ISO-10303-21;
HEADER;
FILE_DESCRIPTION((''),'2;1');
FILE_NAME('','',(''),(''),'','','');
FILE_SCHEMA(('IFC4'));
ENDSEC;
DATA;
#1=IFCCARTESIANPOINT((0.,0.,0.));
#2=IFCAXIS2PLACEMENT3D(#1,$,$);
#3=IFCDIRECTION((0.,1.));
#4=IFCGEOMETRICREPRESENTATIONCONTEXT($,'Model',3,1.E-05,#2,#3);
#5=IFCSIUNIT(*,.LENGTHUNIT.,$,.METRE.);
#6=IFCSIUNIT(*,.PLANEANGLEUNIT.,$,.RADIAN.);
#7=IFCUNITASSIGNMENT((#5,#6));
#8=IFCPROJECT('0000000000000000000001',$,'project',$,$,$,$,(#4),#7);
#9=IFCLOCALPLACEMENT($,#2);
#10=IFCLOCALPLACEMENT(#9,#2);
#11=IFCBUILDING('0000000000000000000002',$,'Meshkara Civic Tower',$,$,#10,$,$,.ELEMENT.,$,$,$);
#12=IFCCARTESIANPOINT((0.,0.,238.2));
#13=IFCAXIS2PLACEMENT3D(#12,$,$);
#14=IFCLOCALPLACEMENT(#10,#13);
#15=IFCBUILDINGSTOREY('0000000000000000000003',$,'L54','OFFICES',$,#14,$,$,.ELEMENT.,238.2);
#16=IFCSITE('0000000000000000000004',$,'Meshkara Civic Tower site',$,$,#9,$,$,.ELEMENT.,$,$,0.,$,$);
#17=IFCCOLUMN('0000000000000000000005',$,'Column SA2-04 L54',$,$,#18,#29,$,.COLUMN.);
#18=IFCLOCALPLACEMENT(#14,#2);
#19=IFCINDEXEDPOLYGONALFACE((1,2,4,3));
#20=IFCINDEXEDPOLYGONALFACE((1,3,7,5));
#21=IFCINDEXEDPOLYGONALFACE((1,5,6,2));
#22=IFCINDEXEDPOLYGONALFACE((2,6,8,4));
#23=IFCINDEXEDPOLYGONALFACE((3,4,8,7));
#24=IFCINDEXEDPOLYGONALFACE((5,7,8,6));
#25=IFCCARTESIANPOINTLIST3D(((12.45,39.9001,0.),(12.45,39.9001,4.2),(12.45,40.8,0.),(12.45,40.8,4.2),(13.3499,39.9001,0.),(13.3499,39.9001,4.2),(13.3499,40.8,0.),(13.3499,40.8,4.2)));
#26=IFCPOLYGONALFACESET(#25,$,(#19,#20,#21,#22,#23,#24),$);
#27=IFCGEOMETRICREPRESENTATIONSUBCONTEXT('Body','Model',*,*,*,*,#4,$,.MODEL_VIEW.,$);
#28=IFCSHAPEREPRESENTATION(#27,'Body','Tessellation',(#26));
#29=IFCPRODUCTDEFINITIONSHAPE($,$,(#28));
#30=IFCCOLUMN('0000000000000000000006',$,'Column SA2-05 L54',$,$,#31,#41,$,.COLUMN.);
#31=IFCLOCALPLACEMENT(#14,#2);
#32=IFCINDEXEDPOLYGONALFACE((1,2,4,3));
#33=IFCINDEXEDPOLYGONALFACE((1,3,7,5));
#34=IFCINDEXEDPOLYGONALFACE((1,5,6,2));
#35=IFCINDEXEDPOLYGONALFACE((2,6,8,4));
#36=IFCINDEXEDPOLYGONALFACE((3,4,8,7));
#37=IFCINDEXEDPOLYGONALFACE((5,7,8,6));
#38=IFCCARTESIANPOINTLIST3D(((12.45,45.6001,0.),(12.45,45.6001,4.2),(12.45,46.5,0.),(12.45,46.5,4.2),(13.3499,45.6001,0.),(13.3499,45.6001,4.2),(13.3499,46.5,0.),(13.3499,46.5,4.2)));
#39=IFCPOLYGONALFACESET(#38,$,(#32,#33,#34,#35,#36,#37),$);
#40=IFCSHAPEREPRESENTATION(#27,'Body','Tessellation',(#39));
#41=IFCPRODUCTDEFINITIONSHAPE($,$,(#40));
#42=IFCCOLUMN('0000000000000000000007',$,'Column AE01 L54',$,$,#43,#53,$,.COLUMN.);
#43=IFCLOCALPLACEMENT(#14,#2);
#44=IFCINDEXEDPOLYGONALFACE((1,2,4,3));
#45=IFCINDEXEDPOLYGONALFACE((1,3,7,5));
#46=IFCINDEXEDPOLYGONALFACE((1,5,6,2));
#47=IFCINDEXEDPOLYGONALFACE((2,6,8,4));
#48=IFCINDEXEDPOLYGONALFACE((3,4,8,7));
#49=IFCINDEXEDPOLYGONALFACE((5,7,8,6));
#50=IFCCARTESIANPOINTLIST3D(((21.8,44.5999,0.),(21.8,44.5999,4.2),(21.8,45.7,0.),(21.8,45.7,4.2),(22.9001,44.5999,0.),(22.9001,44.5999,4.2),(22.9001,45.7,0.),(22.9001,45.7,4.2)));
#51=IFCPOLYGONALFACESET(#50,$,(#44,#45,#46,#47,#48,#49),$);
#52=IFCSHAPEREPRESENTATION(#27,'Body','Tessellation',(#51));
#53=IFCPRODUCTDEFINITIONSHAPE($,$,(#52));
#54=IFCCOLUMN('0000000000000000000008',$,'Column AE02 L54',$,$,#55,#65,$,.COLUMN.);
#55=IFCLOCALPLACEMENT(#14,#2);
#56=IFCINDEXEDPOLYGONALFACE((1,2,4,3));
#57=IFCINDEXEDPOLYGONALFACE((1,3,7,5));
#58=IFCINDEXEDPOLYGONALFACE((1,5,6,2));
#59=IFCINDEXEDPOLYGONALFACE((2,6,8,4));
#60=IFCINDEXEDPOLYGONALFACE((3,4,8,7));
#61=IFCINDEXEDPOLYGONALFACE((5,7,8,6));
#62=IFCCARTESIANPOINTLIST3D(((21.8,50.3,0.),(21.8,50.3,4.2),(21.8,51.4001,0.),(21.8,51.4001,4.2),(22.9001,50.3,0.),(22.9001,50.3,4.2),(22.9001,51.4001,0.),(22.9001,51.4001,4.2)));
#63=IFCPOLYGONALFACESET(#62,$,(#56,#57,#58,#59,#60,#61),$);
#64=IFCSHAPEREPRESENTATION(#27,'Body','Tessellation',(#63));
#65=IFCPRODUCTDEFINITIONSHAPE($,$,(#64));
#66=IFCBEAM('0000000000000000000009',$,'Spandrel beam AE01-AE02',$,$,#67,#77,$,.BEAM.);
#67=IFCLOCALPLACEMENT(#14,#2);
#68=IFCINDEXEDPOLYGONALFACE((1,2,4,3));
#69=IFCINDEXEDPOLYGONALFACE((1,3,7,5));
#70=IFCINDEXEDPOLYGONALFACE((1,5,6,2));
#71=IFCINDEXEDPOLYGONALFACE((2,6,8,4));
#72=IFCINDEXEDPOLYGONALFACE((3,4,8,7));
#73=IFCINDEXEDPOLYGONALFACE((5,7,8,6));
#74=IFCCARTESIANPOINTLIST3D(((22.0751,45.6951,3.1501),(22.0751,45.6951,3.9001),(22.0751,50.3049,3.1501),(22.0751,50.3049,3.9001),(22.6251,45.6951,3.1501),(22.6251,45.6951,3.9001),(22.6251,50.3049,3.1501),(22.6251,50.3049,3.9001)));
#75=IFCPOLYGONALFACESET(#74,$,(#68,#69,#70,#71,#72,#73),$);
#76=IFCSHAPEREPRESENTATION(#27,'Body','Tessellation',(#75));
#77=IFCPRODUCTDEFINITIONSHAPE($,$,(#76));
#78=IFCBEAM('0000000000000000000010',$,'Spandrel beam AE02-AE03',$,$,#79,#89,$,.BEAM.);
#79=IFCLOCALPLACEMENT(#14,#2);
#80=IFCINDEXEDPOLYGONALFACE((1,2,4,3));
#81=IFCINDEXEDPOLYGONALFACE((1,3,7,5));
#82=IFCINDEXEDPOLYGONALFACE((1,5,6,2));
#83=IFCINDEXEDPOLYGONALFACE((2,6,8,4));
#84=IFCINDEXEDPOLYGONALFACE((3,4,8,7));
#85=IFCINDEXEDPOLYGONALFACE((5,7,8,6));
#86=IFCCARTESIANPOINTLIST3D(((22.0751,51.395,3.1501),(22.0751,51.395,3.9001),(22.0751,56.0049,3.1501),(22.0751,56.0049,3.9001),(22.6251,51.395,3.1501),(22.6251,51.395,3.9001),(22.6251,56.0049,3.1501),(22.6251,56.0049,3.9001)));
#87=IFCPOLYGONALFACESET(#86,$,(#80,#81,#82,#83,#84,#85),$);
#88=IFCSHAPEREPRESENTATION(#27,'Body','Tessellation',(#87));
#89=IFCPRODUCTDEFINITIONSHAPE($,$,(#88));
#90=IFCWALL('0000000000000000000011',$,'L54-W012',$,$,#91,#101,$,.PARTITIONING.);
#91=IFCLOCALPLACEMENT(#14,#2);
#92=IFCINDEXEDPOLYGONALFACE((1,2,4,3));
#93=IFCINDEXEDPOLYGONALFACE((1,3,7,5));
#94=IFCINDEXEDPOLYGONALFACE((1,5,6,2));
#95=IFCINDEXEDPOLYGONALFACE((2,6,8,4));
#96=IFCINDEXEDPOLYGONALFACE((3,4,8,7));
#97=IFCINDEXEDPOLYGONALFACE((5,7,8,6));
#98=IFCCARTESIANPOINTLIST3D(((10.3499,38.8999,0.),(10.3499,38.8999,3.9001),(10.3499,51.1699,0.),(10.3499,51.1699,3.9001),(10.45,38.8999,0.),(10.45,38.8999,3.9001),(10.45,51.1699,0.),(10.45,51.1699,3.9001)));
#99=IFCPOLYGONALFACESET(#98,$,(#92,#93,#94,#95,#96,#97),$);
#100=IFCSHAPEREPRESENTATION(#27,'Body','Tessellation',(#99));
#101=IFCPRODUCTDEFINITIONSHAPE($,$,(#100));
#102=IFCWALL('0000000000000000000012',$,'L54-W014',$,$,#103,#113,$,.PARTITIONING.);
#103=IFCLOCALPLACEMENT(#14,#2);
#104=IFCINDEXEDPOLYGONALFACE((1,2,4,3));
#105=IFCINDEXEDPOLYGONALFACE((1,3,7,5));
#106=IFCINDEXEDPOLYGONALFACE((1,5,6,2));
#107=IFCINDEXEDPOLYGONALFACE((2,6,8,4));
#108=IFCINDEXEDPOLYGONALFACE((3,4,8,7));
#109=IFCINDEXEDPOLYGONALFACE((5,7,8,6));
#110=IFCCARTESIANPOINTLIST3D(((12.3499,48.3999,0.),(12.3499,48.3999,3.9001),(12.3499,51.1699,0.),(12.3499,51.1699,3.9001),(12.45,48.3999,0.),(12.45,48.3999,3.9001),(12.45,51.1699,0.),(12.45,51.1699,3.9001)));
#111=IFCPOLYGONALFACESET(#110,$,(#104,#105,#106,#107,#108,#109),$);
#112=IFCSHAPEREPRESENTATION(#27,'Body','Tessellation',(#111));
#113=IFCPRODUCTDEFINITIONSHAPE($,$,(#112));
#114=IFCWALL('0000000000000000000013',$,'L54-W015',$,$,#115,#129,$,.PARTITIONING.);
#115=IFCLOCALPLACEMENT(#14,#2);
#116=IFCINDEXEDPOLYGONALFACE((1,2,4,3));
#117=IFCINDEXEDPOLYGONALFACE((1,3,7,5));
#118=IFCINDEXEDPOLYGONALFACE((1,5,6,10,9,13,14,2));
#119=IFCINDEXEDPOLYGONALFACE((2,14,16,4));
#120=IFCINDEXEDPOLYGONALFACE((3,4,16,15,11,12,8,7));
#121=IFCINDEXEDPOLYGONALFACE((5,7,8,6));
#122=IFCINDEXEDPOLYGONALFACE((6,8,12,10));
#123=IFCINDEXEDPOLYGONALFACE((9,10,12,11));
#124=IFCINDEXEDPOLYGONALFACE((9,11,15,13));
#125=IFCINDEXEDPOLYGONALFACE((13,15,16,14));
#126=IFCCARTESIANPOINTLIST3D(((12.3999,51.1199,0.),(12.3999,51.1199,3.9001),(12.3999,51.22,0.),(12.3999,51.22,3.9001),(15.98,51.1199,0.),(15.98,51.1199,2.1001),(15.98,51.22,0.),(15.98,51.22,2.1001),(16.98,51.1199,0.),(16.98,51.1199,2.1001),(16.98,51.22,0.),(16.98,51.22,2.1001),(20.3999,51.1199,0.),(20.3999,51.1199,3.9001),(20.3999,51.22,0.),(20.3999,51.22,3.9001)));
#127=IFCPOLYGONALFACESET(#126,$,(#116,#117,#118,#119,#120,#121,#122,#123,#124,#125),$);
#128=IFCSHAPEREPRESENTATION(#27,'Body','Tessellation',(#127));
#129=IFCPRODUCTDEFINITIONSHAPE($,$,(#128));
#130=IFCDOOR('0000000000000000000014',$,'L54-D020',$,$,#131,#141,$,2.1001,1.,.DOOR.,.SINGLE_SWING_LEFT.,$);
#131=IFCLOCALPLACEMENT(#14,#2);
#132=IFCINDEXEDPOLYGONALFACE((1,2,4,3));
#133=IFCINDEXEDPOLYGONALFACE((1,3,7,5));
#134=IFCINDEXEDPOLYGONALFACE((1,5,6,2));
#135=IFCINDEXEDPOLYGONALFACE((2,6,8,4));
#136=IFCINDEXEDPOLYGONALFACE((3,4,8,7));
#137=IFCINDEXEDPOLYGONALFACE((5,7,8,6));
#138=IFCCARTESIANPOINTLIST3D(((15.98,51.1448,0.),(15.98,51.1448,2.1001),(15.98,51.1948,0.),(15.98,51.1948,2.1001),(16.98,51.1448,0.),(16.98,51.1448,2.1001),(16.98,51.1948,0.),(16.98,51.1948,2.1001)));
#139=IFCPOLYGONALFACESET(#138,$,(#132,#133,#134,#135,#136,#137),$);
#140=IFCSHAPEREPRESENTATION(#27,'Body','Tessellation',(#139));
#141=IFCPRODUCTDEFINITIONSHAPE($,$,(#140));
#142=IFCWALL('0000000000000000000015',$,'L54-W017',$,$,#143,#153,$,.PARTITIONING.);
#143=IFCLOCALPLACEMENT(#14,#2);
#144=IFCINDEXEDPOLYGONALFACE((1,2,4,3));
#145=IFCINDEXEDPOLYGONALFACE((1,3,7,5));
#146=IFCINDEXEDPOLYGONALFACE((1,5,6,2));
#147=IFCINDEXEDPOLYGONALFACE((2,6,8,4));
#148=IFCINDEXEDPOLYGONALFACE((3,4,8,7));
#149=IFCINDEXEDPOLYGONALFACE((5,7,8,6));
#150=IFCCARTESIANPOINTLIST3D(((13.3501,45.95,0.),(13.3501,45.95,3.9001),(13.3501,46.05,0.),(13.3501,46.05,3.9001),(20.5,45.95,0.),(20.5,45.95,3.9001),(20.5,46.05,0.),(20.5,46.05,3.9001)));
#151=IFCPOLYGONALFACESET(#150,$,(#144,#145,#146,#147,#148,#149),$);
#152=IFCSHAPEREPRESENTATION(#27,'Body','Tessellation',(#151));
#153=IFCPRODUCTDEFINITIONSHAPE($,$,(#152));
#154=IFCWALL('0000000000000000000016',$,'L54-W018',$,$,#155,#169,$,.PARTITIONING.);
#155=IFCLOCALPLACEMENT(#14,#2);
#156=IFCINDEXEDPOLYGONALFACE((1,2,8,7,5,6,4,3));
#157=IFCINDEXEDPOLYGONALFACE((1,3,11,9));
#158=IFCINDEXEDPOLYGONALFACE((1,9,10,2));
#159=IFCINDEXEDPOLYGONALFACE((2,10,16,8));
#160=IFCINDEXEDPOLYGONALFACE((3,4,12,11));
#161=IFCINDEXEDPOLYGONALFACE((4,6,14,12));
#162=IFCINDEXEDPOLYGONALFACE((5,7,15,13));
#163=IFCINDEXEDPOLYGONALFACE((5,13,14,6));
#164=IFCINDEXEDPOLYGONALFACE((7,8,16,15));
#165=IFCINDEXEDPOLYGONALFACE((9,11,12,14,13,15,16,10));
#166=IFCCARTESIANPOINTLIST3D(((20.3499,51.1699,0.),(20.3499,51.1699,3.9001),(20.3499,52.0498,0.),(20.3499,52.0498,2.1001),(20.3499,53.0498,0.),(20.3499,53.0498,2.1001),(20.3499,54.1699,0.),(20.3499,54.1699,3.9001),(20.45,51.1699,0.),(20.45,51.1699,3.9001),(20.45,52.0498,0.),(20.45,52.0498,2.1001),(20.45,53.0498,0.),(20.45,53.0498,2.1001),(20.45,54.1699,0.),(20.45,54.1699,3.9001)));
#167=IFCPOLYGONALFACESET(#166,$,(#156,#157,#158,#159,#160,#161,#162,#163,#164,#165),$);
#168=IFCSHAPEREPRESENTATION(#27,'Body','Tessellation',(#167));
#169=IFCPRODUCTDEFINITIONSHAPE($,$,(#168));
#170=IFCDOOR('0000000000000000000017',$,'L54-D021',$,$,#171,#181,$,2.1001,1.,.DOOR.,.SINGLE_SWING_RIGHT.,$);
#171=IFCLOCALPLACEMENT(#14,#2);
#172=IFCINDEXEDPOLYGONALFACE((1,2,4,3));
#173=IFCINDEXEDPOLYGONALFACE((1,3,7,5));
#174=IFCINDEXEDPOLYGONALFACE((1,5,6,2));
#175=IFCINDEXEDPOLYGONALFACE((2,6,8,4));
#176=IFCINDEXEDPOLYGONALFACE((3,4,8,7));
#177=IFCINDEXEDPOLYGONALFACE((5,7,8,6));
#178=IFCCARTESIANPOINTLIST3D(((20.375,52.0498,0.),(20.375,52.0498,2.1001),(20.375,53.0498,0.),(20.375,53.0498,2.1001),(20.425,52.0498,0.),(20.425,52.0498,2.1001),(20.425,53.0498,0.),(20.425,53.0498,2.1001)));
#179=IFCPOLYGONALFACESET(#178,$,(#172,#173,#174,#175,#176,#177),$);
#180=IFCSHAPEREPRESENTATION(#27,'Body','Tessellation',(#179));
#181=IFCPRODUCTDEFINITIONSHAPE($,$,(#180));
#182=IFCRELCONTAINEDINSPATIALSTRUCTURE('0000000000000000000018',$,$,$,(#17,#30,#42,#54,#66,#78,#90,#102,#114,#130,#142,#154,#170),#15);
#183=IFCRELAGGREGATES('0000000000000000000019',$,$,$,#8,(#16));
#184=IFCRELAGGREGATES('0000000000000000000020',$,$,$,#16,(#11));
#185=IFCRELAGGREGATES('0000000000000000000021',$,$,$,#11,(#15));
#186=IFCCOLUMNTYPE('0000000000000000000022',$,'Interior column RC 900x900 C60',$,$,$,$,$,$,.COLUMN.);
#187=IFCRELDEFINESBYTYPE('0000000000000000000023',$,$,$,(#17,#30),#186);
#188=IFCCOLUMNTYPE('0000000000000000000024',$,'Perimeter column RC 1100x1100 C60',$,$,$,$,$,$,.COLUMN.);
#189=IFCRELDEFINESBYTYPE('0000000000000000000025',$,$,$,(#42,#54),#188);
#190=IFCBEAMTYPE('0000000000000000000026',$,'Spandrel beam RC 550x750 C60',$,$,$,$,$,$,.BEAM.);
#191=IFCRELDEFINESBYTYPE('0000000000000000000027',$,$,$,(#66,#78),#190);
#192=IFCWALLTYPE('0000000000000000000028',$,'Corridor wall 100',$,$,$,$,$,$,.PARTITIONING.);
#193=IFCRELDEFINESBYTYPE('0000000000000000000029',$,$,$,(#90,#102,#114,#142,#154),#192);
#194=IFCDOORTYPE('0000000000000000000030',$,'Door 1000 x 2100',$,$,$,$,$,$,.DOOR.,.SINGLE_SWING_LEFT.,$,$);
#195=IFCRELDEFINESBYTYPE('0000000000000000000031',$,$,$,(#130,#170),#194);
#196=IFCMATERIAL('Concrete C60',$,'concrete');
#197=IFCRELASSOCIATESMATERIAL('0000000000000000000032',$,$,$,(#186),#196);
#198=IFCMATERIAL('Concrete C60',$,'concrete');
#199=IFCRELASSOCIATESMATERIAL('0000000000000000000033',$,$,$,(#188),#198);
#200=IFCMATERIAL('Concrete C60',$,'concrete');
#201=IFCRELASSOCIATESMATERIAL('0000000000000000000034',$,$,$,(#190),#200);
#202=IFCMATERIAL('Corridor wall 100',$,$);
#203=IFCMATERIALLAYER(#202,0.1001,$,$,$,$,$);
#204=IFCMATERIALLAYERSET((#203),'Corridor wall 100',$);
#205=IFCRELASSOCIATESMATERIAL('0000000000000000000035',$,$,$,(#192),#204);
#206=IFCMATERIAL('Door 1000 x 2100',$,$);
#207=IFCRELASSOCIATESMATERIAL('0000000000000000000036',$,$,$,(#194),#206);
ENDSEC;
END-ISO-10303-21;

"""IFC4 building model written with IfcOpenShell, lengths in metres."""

from ifc_helpers import new_model, si_unit, direction, frame, frame_2d, origin, origin_2d, place, context, subcontext, project, spatial, rectangle, extrude, material, layer, layer_set, material_profile, profile_set, type_object, element, fill, save


model = new_model("IFC4")

# Units and contexts
model_context = context("Model", 3, precision=1e-05, world=origin(), true_north=direction((0.0, 1.0)))
body_context = subcontext(model_context, "Body", "Model", "MODEL_VIEW")
ifc_project = project(units=[si_unit("LENGTHUNIT", "METRE"), si_unit("PLANEANGLEUNIT", "RADIAN")], contexts=[model_context])

# Site, building, storey
site_placement = place(None, origin())
site = spatial("IfcSite", under=ifc_project, at=site_placement, Name="Meshkara Civic Tower site", CompositionType="ELEMENT", RefElevation=0.0)
building_placement = place(site_placement, origin())
building = spatial("IfcBuilding", under=site, at=building_placement, Name="Meshkara Civic Tower", CompositionType="ELEMENT")
storey_placement = place(building_placement, frame((0.0, 0.0, 238.2)))
storey = spatial("IfcBuildingStorey", under=building, at=storey_placement, Name="L54", Description="OFFICES", CompositionType="ELEMENT", Elevation=238.2)

# Columns
ifc_material_1 = material(Name="Concrete C60", Category="concrete")
ifc_material_profile_1 = material_profile(ifc_material_1, rectangle(XDim=0.8999, YDim=0.8999, at=origin_2d()))
ifc_profile_set_1 = profile_set([ifc_material_profile_1], Name="Concrete C60")
column_type_1 = type_object("IfcColumnType", Name="Interior column RC 900x900 C60", PredefinedType="COLUMN", material=ifc_profile_set_1)
for number, where, z_axis, x_axis, name in (
    (1, (12.8999, 40.3501, 0.0), (0.0, 0.0, 1.0), (1.0, 0.0, 0.0), "Column SA2-04 L54"),
    (2, (12.8999, 46.05, 0.0), (0.0, 0.0, 1.0), (1.0, 0.0, 0.0), "Column SA2-05 L54"),
):
    element("IfcColumn", number, at=place(storey_placement, frame(where, z_axis=z_axis, x_axis=x_axis)), inside=storey, type_object=column_type_1, Name=name, PredefinedType="COLUMN", context=body_context, shape_type="SweptSolid", body=[
        extrude(rectangle(XDim=0.8999, YDim=0.8999, at=origin_2d()), origin(), (0.0, 0.0, 1.0), 4.2),
    ])
ifc_material_2 = material(Name="Concrete C60", Category="concrete")
ifc_material_profile_2 = material_profile(ifc_material_2, rectangle(XDim=1.1001, YDim=1.1001, at=origin_2d()))
ifc_profile_set_2 = profile_set([ifc_material_profile_2], Name="Concrete C60")
column_type_2 = type_object("IfcColumnType", Name="Perimeter column RC 1100x1100 C60", PredefinedType="COLUMN", material=ifc_profile_set_2)
for number, where, z_axis, x_axis, name in (
    (3, (22.3501, 45.1499, 0.0), (0.0, 0.0, 1.0), (1.0, 0.0, 0.0), "Column AE01 L54"),
    (4, (22.3501, 50.8501, 0.0), (0.0, 0.0, 1.0), (1.0, 0.0, 0.0), "Column AE02 L54"),
):
    element("IfcColumn", number, at=place(storey_placement, frame(where, z_axis=z_axis, x_axis=x_axis)), inside=storey, type_object=column_type_2, Name=name, PredefinedType="COLUMN", context=body_context, shape_type="SweptSolid", body=[
        extrude(rectangle(XDim=1.1001, YDim=1.1001, at=origin_2d()), origin(), (0.0, 0.0, 1.0), 4.2),
    ])

# Beams
ifc_material_3 = material(Name="Concrete C60", Category="concrete")
ifc_material_profile_3 = material_profile(ifc_material_3, rectangle(XDim=0.55, YDim=0.75, at=origin_2d()))
ifc_profile_set_3 = profile_set([ifc_material_profile_3], Name="Concrete C60")
beam_type = type_object("IfcBeamType", Name="Spandrel beam RC 550x750 C60", PredefinedType="BEAM", material=ifc_profile_set_3)
for number, where, z_axis, x_axis, name in (
    (5, (22.3501, 45.6951, 3.5251), (0.0, 1.0, 0.0), (-1.0, 0.0, 0.0), "Spandrel beam AE01-AE02"),
    (6, (22.3501, 51.395, 3.5251), (0.0, 1.0, 0.0), (-1.0, 0.0, 0.0), "Spandrel beam AE02-AE03"),
):
    element("IfcBeam", number, at=place(storey_placement, frame(where, z_axis=z_axis, x_axis=x_axis)), inside=storey, type_object=beam_type, Name=name, PredefinedType="BEAM", context=body_context, shape_type="SweptSolid", body=[
        extrude(rectangle(XDim=0.55, YDim=0.75, at=origin_2d()), origin(), (0.0, 0.0, 1.0), 4.6099),
    ])

# Walls
ifc_material_4 = material(Name="Corridor wall 100")
ifc_layer_1 = layer(ifc_material_4, 0.1001)
ifc_layer_set_1 = layer_set([ifc_layer_1], Name="Corridor wall 100")
wall_type_1 = type_object("IfcWallType", Name="Corridor wall 100", PredefinedType="PARTITIONING", material=ifc_layer_set_1)
wall_1_placement = place(storey_placement, frame((10.3999, 51.1699, 0.0), z_axis=(0.0, 0.0, 1.0), x_axis=(0.0, -1.0, 0.0)))
element("IfcWall", 7, at=wall_1_placement, inside=storey, type_object=wall_type_1, Name="L54-W012", PredefinedType="PARTITIONING", context=body_context, shape_type="SweptSolid", body=[
    extrude(rectangle(XDim=12.27, YDim=0.1001, at=frame_2d((6.135, 0.0))), origin(), (0.0, 0.0, 1.0), 3.9001),
])
wall_2_placement = place(storey_placement, frame((12.3999, 48.3999, 0.0), z_axis=(0.0, 0.0, 1.0), x_axis=(0.0, 1.0, 0.0)))
element("IfcWall", 8, at=wall_2_placement, inside=storey, type_object=wall_type_1, Name="L54-W014", PredefinedType="PARTITIONING", context=body_context, shape_type="SweptSolid", body=[
    extrude(rectangle(XDim=2.77, YDim=0.1001, at=frame_2d((1.385, 0.0))), origin(), (0.0, 0.0, 1.0), 3.9001),
])

# Wall, opening, door
wall_3_placement = place(storey_placement, frame((12.3999, 51.1699, 0.0), z_axis=(0.0, 0.0, 1.0), x_axis=(1.0, 0.0, 0.0)))
wall_3 = element("IfcWall", 9, at=wall_3_placement, inside=storey, type_object=wall_type_1, Name="L54-W015", PredefinedType="PARTITIONING", context=body_context, shape_type="SweptSolid", body=[
    extrude(rectangle(XDim=8.0, YDim=0.1001, at=frame_2d((4.0, 0.0))), origin(), (0.0, 0.0, 1.0), 3.9001),
])
opening_1_placement = place(wall_3_placement, frame((3.5801, 0.0, 0.0)))
opening_1 = element("IfcOpeningElement", 10, at=opening_1_placement, cuts=wall_3, PredefinedType="OPENING", context=body_context, shape_type="SweptSolid", body=[
    extrude(rectangle(XDim=1.0, YDim=2.1001, at=frame_2d((0.5, 1.05))), frame((0.0, 0.0601, 0.0), z_axis=(0.0, -1.0, 0.0), x_axis=(1.0, 0.0, 0.0)), (0.0, 0.0, 1.0), 0.1201),
])
ifc_material_5 = material(Name="Door 1000 x 2100")
door_type = type_object("IfcDoorType", Name="Door 1000 x 2100", OperationType="SINGLE_SWING_LEFT", PredefinedType="DOOR", material=ifc_material_5)
door_1_placement = place(opening_1_placement, origin())
door_1 = element("IfcDoor", 11, at=door_1_placement, inside=storey, type_object=door_type, Name="L54-D020", OperationType="SINGLE_SWING_LEFT", OverallHeight=2.1001, OverallWidth=1.0, PredefinedType="DOOR", context=body_context, shape_type="SweptSolid", body=[
    extrude(rectangle(XDim=1.0, YDim=2.1001, at=frame_2d((0.5, 1.05))), frame((0.0, 0.0249, 0.0), z_axis=(0.0, -1.0, 0.0), x_axis=(1.0, 0.0, 0.0)), (0.0, 0.0, 1.0), 0.05),
])
fill(opening_1, door_1)

# Wall
wall_4_placement = place(storey_placement, frame((13.3501, 46.0, 0.0), z_axis=(0.0, 0.0, 1.0), x_axis=(1.0, 0.0, 0.0)))
element("IfcWall", 12, at=wall_4_placement, inside=storey, type_object=wall_type_1, Name="L54-W017", PredefinedType="PARTITIONING", context=body_context, shape_type="SweptSolid", body=[
    extrude(rectangle(XDim=7.1499, YDim=0.1001, at=frame_2d((3.575, 0.0))), origin(), (0.0, 0.0, 1.0), 3.9001),
])

# Wall, opening, door
wall_5_placement = place(storey_placement, frame((20.3999, 51.1699, 0.0), z_axis=(0.0, 0.0, 1.0), x_axis=(0.0, 1.0, 0.0)))
wall_5 = element("IfcWall", 13, at=wall_5_placement, inside=storey, type_object=wall_type_1, Name="L54-W018", PredefinedType="PARTITIONING", context=body_context, shape_type="SweptSolid", body=[
    extrude(rectangle(XDim=3.0, YDim=0.1001, at=frame_2d((1.5, 0.0))), origin(), (0.0, 0.0, 1.0), 3.9001),
])
opening_2_placement = place(wall_5_placement, frame((0.8799, 0.0, 0.0)))
opening_2 = element("IfcOpeningElement", 14, at=opening_2_placement, cuts=wall_5, PredefinedType="OPENING", context=body_context, shape_type="SweptSolid", body=[
    extrude(rectangle(XDim=1.0, YDim=2.1001, at=frame_2d((0.5, 1.05))), frame((0.0, 0.0601, 0.0), z_axis=(0.0, -1.0, 0.0), x_axis=(1.0, 0.0, 0.0)), (0.0, 0.0, 1.0), 0.1201),
])
door_2_placement = place(opening_2_placement, origin())
door_2 = element("IfcDoor", 15, at=door_2_placement, inside=storey, type_object=door_type, Name="L54-D021", OperationType="SINGLE_SWING_RIGHT", OverallHeight=2.1001, OverallWidth=1.0, PredefinedType="DOOR", context=body_context, shape_type="SweptSolid", body=[
    extrude(rectangle(XDim=1.0, YDim=2.1001, at=frame_2d((0.5, 1.05))), frame((0.0, 0.0249, 0.0), z_axis=(0.0, -1.0, 0.0), x_axis=(1.0, 0.0, 0.0)), (0.0, 0.0, 1.0), 0.05),
])
fill(opening_2, door_2)

save(model, "model.ifc")
